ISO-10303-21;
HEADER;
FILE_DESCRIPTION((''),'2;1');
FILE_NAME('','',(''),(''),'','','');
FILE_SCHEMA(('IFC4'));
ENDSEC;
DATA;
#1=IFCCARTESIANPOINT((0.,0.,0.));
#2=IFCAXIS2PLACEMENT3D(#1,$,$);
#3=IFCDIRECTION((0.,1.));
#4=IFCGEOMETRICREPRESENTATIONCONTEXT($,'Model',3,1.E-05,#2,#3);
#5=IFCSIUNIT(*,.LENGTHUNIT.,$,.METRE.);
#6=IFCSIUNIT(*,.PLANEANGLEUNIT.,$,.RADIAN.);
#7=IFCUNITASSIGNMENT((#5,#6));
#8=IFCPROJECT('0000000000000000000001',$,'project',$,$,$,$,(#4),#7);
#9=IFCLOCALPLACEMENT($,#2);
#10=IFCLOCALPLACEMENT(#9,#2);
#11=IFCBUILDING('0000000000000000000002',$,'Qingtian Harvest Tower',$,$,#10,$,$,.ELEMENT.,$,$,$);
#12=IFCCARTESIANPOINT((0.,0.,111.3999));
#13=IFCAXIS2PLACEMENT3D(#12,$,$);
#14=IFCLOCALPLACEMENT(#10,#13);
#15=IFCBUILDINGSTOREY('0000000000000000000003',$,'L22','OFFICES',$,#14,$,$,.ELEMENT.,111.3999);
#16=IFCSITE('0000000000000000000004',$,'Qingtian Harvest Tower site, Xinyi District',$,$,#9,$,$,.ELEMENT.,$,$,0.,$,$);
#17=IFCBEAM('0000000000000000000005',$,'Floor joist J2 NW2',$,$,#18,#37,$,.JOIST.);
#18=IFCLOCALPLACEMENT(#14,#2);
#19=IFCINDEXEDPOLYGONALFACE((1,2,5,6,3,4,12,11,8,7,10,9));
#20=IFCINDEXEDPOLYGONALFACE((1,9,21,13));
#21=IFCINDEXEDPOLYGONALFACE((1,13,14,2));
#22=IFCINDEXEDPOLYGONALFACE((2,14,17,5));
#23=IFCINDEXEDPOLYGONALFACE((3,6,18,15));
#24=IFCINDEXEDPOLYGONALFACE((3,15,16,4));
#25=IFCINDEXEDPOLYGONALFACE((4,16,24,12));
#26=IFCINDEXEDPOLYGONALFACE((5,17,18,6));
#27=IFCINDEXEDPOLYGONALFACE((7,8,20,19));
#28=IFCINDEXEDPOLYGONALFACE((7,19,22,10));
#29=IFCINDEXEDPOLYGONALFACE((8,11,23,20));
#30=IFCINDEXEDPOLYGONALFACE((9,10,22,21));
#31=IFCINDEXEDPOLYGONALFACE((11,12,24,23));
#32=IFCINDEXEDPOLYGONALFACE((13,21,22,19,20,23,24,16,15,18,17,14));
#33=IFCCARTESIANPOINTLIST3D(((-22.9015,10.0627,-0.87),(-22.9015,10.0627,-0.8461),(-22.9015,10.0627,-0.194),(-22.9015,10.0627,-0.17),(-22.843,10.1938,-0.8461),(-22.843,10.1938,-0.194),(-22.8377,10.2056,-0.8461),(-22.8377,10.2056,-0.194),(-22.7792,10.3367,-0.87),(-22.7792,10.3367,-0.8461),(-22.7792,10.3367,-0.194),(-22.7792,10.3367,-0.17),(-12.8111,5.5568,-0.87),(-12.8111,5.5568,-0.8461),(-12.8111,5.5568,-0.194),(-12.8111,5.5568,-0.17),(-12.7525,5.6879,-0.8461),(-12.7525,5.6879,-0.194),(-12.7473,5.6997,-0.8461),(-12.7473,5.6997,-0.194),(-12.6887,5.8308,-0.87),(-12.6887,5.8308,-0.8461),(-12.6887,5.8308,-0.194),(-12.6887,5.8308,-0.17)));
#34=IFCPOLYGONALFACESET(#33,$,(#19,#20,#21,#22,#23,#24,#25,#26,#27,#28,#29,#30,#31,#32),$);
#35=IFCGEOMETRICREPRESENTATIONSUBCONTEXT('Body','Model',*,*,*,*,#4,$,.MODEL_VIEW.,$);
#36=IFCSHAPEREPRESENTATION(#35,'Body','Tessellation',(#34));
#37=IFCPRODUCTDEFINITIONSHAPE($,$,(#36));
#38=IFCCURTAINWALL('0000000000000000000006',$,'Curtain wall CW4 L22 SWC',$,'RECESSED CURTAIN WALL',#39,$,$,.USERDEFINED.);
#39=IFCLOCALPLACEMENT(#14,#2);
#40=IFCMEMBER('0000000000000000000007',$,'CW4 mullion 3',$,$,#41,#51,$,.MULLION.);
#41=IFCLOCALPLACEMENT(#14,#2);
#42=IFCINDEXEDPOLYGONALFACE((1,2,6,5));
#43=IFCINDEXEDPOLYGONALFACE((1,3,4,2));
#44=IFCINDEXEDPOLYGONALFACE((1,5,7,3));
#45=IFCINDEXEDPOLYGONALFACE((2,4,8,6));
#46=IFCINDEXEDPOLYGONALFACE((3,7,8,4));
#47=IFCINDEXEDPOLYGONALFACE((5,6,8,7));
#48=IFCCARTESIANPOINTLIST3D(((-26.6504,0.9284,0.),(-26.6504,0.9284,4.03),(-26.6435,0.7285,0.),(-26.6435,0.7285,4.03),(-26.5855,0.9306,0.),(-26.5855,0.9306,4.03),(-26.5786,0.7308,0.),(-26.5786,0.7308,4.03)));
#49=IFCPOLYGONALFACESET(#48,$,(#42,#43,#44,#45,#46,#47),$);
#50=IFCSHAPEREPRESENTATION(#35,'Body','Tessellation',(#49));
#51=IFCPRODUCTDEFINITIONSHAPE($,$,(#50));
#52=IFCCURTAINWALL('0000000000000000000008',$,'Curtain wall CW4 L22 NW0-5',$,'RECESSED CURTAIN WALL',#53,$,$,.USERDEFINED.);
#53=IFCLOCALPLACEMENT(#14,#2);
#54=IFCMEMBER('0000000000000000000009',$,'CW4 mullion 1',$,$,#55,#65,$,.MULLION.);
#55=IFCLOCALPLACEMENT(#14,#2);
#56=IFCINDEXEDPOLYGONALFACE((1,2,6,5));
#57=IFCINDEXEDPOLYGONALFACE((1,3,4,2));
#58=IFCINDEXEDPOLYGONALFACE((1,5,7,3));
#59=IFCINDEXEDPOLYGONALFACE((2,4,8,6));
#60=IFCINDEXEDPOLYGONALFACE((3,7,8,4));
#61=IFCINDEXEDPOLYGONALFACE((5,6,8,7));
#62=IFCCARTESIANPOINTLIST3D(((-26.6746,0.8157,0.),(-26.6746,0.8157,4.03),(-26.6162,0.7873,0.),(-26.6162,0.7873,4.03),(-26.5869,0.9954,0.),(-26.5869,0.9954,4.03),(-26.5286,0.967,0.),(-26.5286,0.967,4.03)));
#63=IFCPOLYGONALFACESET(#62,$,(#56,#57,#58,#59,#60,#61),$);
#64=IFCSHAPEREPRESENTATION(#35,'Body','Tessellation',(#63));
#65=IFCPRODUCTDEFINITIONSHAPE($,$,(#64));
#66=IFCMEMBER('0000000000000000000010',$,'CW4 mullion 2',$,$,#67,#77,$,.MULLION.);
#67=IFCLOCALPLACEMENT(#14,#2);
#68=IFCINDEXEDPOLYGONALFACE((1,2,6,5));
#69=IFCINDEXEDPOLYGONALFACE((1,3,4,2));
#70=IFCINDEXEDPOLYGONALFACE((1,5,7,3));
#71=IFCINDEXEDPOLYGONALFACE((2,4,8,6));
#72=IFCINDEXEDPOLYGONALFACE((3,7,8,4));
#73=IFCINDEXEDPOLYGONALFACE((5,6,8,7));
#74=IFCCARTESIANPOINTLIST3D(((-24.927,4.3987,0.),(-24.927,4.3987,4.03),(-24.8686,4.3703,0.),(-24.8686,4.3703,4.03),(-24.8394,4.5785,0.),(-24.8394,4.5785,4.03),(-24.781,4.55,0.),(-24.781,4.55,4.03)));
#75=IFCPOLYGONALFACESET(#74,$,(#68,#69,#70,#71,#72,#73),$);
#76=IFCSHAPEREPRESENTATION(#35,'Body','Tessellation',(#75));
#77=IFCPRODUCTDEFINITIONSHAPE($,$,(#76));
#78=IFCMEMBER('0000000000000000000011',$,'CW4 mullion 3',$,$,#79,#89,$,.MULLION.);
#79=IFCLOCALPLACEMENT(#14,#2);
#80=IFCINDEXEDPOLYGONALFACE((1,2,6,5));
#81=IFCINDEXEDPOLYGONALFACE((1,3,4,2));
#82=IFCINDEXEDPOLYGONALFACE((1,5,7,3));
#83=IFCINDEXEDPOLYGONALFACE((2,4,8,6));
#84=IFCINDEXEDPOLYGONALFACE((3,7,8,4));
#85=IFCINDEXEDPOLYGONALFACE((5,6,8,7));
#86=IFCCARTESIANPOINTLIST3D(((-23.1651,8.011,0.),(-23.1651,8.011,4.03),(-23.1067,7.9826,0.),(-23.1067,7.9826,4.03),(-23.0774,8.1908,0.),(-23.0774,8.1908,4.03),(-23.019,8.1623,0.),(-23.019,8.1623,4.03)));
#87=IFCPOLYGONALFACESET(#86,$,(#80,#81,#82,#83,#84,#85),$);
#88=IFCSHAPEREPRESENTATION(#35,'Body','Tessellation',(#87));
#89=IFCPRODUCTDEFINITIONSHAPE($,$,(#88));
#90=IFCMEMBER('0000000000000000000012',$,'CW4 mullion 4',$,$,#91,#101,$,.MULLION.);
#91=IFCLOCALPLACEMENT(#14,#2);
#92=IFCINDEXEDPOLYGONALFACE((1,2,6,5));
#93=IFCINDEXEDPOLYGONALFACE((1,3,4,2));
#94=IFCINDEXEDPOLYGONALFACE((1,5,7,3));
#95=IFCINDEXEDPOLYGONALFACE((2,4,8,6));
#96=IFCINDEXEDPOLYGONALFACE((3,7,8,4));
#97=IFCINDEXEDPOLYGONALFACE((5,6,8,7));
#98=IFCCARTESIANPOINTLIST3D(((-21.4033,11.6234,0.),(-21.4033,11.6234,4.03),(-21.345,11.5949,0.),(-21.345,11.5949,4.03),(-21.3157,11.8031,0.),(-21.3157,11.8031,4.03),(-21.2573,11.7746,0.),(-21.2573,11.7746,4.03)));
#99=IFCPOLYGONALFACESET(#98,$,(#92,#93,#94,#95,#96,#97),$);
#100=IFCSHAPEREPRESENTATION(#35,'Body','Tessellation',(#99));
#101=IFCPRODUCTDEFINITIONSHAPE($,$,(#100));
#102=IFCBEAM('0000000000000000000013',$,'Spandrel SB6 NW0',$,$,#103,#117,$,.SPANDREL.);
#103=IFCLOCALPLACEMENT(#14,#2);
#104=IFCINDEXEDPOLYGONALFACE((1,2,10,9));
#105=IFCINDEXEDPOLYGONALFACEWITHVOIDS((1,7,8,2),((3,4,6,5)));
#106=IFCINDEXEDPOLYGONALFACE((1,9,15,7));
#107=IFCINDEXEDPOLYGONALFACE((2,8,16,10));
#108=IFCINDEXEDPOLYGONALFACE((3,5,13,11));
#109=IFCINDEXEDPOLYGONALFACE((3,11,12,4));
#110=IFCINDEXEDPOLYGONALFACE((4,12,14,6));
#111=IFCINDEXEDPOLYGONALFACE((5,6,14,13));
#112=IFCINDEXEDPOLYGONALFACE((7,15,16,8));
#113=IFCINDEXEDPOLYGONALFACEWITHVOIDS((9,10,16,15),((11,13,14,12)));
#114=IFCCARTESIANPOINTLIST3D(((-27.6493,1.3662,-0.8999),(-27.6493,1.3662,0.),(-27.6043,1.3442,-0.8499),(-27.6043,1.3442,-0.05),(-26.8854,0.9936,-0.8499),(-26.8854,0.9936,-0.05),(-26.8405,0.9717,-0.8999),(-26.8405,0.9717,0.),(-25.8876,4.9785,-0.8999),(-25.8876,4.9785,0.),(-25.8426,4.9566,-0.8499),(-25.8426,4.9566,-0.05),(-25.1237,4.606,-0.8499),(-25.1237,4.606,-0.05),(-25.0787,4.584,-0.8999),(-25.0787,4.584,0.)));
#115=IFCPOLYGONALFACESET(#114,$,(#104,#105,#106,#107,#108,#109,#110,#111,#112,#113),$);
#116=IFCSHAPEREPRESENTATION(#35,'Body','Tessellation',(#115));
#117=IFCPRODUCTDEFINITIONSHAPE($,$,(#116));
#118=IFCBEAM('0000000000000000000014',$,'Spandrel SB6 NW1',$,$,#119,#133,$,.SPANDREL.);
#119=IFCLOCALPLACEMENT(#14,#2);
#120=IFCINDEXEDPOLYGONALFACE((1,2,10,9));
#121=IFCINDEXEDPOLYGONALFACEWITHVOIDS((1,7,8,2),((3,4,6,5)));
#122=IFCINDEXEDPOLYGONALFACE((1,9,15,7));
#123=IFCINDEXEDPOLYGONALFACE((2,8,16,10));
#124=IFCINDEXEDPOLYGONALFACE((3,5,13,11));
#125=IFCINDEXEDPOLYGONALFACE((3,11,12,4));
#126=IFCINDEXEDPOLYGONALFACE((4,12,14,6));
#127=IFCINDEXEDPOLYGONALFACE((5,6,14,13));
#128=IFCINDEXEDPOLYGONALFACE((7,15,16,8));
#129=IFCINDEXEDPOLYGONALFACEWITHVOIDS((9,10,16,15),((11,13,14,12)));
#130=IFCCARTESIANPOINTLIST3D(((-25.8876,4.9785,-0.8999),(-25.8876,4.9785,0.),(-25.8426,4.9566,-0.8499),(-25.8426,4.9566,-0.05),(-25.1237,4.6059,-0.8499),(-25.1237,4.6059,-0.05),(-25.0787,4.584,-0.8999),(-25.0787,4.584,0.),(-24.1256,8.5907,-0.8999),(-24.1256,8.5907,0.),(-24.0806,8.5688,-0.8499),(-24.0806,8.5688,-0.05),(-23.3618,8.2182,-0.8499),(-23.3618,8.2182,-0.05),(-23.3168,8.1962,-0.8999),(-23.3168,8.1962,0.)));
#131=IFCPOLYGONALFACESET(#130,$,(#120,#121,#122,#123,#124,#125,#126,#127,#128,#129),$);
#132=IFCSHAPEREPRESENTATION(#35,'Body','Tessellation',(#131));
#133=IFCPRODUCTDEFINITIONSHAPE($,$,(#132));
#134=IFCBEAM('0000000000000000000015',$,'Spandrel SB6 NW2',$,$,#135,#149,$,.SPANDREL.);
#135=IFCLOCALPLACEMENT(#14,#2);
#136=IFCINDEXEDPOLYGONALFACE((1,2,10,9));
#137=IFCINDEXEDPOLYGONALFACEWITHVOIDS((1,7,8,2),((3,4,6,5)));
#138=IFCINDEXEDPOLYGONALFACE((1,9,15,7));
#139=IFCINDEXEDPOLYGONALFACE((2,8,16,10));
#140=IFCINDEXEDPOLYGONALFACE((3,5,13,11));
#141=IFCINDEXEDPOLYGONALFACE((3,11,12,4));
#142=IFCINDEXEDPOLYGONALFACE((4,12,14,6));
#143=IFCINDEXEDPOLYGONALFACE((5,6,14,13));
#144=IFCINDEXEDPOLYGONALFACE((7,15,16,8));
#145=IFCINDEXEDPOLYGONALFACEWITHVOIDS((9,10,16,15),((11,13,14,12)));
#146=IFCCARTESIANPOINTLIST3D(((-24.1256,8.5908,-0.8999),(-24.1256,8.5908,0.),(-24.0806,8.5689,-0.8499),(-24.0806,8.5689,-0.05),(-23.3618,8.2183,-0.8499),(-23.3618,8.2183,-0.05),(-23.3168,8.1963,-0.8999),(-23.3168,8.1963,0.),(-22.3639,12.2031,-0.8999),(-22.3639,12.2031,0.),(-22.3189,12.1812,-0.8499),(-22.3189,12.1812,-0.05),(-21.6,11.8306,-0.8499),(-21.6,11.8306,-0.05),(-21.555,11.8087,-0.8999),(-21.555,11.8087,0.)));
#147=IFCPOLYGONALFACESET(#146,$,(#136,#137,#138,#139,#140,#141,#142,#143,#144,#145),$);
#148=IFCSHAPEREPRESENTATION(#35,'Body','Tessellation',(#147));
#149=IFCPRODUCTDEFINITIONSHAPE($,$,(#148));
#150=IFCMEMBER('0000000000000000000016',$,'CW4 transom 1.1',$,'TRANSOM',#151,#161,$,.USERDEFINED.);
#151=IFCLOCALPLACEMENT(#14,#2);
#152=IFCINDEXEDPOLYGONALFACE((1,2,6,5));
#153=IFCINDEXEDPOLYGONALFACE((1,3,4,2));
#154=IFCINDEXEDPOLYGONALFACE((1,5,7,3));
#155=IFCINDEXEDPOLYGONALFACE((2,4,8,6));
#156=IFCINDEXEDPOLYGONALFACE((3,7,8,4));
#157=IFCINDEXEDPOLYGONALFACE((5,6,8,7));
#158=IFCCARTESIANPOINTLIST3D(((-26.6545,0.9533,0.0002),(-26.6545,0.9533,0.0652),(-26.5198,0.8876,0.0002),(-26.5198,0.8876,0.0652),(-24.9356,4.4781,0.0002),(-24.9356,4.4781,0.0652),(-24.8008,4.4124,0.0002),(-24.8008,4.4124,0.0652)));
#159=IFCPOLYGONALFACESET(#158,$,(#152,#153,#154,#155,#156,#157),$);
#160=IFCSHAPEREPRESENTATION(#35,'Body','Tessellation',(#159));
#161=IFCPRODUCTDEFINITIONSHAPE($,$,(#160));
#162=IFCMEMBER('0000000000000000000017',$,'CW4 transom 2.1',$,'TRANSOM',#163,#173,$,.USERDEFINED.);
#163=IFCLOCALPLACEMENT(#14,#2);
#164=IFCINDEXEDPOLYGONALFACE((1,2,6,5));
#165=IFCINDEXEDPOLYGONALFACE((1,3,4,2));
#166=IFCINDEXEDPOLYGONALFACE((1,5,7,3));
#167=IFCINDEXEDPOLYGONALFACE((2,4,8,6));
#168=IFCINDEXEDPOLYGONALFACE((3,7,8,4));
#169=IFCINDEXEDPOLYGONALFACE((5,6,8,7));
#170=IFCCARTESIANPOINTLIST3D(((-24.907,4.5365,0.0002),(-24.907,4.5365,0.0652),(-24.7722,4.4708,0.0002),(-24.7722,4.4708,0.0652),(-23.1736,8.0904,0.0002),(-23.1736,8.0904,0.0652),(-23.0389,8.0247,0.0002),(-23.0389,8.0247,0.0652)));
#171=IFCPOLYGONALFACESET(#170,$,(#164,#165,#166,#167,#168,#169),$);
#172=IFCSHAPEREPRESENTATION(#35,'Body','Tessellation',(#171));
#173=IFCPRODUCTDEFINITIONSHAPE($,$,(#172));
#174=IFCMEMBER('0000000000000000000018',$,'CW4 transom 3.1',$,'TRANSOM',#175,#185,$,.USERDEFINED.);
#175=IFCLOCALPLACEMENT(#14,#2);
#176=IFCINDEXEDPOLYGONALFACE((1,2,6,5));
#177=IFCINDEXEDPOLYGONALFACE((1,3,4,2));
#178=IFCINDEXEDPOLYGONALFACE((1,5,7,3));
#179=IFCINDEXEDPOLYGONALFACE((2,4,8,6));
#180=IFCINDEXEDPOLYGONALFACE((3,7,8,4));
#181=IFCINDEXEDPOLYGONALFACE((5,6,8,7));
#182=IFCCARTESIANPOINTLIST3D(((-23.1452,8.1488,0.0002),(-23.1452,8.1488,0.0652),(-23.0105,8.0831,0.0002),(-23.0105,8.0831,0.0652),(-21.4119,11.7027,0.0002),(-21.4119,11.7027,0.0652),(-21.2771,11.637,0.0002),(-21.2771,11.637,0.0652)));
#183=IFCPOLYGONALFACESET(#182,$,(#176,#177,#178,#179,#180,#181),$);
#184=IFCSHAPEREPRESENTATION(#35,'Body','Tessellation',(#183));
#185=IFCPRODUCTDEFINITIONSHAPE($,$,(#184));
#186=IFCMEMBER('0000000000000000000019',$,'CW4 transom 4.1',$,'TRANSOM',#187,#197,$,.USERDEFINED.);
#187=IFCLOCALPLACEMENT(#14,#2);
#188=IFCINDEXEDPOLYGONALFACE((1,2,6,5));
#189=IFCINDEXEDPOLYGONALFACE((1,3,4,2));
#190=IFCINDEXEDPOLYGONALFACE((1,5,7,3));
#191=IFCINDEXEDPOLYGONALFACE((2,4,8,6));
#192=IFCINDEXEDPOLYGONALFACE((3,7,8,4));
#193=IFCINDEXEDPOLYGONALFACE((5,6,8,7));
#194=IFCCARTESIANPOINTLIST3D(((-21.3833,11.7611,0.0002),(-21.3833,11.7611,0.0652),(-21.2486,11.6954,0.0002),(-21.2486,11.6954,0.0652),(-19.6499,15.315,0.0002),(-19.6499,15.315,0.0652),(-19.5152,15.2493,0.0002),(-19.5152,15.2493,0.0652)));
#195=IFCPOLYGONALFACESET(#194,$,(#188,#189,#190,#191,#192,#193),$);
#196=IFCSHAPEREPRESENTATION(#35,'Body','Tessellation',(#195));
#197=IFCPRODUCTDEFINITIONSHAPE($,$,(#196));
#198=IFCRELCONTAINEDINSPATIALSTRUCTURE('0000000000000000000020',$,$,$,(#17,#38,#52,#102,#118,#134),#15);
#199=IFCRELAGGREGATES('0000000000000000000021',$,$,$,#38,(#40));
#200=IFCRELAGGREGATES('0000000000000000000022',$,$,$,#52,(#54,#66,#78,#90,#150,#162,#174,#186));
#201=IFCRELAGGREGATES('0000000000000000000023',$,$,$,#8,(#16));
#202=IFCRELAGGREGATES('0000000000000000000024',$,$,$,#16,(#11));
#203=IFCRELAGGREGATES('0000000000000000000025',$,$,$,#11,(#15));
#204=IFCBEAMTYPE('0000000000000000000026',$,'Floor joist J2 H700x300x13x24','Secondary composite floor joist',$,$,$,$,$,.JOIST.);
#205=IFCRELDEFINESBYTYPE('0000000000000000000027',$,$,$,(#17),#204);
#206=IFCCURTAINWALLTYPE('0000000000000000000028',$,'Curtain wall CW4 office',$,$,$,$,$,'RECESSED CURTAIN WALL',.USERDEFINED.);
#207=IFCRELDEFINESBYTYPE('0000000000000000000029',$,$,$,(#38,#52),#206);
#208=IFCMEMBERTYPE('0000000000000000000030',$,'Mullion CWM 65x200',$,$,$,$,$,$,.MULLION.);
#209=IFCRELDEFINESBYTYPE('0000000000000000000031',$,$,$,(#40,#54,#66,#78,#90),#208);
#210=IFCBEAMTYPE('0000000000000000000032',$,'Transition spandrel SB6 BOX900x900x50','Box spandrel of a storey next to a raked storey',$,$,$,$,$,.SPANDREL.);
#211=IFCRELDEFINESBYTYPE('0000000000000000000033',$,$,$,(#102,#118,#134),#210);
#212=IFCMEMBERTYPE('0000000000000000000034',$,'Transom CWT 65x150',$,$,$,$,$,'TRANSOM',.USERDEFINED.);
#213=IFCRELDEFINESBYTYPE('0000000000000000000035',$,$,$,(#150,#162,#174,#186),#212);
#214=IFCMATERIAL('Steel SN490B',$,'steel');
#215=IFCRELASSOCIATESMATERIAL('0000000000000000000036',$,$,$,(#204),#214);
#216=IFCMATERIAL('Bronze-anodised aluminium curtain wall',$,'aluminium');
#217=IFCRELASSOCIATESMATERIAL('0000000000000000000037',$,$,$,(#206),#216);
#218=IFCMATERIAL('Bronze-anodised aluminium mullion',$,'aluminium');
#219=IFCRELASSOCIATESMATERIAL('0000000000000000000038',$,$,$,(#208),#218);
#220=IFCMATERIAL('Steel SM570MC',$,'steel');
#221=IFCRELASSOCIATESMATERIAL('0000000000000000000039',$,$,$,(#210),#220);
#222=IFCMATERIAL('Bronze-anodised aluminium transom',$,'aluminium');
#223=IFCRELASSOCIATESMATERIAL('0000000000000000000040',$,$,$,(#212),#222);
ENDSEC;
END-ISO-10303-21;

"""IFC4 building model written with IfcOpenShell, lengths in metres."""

from ifc_helpers import new_model, si_unit, direction, frame, origin, origin_2d, place, context, subcontext, project, spatial, rectangle, hollow_rectangle, i_section, extrude, material, material_profile, profile_set, type_object, element, aggregate, save


model = new_model("IFC4")

# Units and contexts
model_context = context("Model", 3, precision=1e-05, world=origin(), true_north=direction((0.0, 1.0)))
body_context = subcontext(model_context, "Body", "Model", "MODEL_VIEW")
ifc_project = project(units=[si_unit("LENGTHUNIT", "METRE"), si_unit("PLANEANGLEUNIT", "RADIAN")], contexts=[model_context])

# Site, building, storey
site_placement = place(None, origin())
site = spatial("IfcSite", under=ifc_project, at=site_placement, Name="Qingtian Harvest Tower site, Xinyi District", CompositionType="ELEMENT", RefElevation=0.0)
building_placement = place(site_placement, origin())
building = spatial("IfcBuilding", under=site, at=building_placement, Name="Qingtian Harvest Tower", CompositionType="ELEMENT")
storey_placement = place(building_placement, frame((0.0, 0.0, 111.3999)))
storey = spatial("IfcBuildingStorey", under=building, at=storey_placement, Name="L22", Description="OFFICES", CompositionType="ELEMENT", Elevation=111.3999)

# Beam
ifc_material_1 = material(Name="Steel SN490B", Category="steel")
ifc_material_profile_1 = material_profile(ifc_material_1, i_section(OverallWidth=0.3, OverallDepth=0.7, WebThickness=0.0129, FlangeThickness=0.0239, at=origin_2d()), Name="H700x300x13x24")
ifc_profile_set_1 = profile_set([ifc_material_profile_1], Name="Steel SN490B")
beam_type_1 = type_object("IfcBeamType", Name="Floor joist J2 H700x300x13x24", Description="Secondary composite floor joist", PredefinedType="JOIST", material=ifc_profile_set_1)
beam_1_placement = place(storey_placement, frame((-22.8403, 10.1997, -0.52), z_axis=(0.913096, -0.407745, 0.0), x_axis=(0.407745, 0.913096, 0.0)))
element("IfcBeam", 1, at=beam_1_placement, inside=storey, type_object=beam_type_1, Name="Floor joist J2 NW2", PredefinedType="JOIST", context=body_context, shape_type="SweptSolid", body=[
    extrude(i_section(OverallWidth=0.3, OverallDepth=0.7, WebThickness=0.0129, FlangeThickness=0.0239, at=origin_2d()), origin(), (0.0, 0.0, 1.0), 11.0508),
])

# Curtain wall, member
ifc_material_2 = material(Name="Bronze-anodised aluminium curtain wall", Category="aluminium")
curtain_wall_type = type_object("IfcCurtainWallType", Name="Curtain wall CW4 office", ElementType="RECESSED CURTAIN WALL", PredefinedType="USERDEFINED", material=ifc_material_2)
curtain_wall_1_placement = place(storey_placement, origin())
curtain_wall_1 = element("IfcCurtainWall", 2, at=curtain_wall_1_placement, inside=storey, type_object=curtain_wall_type, Name="Curtain wall CW4 L22 SWC", ObjectType="RECESSED CURTAIN WALL", PredefinedType="USERDEFINED")
ifc_material_3 = material(Name="Bronze-anodised aluminium mullion", Category="aluminium")
ifc_material_profile_2 = material_profile(ifc_material_3, rectangle(XDim=0.0649, YDim=0.2, at=origin_2d()), Name="AL 65x200")
ifc_profile_set_2 = profile_set([ifc_material_profile_2], Name="Bronze-anodised aluminium mullion")
member_type_1 = type_object("IfcMemberType", Name="Mullion CWM 65x200", PredefinedType="MULLION", material=ifc_profile_set_2)
member_1_placement = place(storey_placement, frame((-26.6145, 0.8296, 0.0), z_axis=(0.0, 0.0, 1.0), x_axis=(-0.999391, -0.034899, 0.0)))
member_1 = element("IfcMember", 3, at=member_1_placement, type_object=member_type_1, Name="CW4 mullion 3", PredefinedType="MULLION", context=body_context, shape_type="SweptSolid", body=[
    extrude(rectangle(XDim=0.0649, YDim=0.2, at=origin_2d()), origin(), (0.0, 0.0, 1.0), 4.03),
])
aggregate(curtain_wall_1, [member_1])

# Curtain wall, members
curtain_wall_2_placement = place(storey_placement, origin())
curtain_wall_2 = element("IfcCurtainWall", 4, at=curtain_wall_2_placement, inside=storey, type_object=curtain_wall_type, Name="Curtain wall CW4 L22 NW0-5", ObjectType="RECESSED CURTAIN WALL", PredefinedType="USERDEFINED")
member_2_placement = place(storey_placement, frame((-26.6016, 0.8914, 0.0), z_axis=(0.0, 0.0, 1.0), x_axis=(-0.898794, 0.438371, 0.0)))
member_2 = element("IfcMember", 5, at=member_2_placement, type_object=member_type_1, Name="CW4 mullion 1", PredefinedType="MULLION", context=body_context, shape_type="SweptSolid", body=[
    extrude(rectangle(XDim=0.0649, YDim=0.2, at=origin_2d()), origin(), (0.0, 0.0, 1.0), 4.03),
])
member_3_placement = place(storey_placement, frame((-24.854, 4.4744, 0.0), z_axis=(0.0, 0.0, 1.0), x_axis=(-0.898794, 0.438371, 0.0)))
member_3 = element("IfcMember", 6, at=member_3_placement, type_object=member_type_1, Name="CW4 mullion 2", PredefinedType="MULLION", context=body_context, shape_type="SweptSolid", body=[
    extrude(rectangle(XDim=0.0649, YDim=0.2, at=origin_2d()), origin(), (0.0, 0.0, 1.0), 4.03),
])
member_4_placement = place(storey_placement, frame((-23.092, 8.0867, 0.0), z_axis=(0.0, 0.0, 1.0), x_axis=(-0.898794, 0.438371, 0.0)))
member_4 = element("IfcMember", 7, at=member_4_placement, type_object=member_type_1, Name="CW4 mullion 3", PredefinedType="MULLION", context=body_context, shape_type="SweptSolid", body=[
    extrude(rectangle(XDim=0.0649, YDim=0.2, at=origin_2d()), origin(), (0.0, 0.0, 1.0), 4.03),
])
member_5_placement = place(storey_placement, frame((-21.3303, 11.699, 0.0), z_axis=(0.0, 0.0, 1.0), x_axis=(-0.898794, 0.438371, 0.0)))
member_5 = element("IfcMember", 8, at=member_5_placement, type_object=member_type_1, Name="CW4 mullion 4", PredefinedType="MULLION", context=body_context, shape_type="SweptSolid", body=[
    extrude(rectangle(XDim=0.0649, YDim=0.2, at=origin_2d()), origin(), (0.0, 0.0, 1.0), 4.03),
])

# Beams
ifc_material_4 = material(Name="Steel SM570MC", Category="steel")
ifc_material_profile_3 = material_profile(ifc_material_4, hollow_rectangle(XDim=0.8999, YDim=0.8999, WallThickness=0.05, at=origin_2d()), Name="BOX900x900x50")
ifc_profile_set_3 = profile_set([ifc_material_profile_3], Name="Steel SM570MC")
beam_type_2 = type_object("IfcBeamType", Name="Transition spandrel SB6 BOX900x900x50", Description="Box spandrel of a storey next to a raked storey", PredefinedType="SPANDREL", material=ifc_profile_set_3)
for number, where, z_axis, x_axis, name in (
    (9, (-27.2449, 1.1689, -0.45), (0.438347, 0.898806, 0.0), (-0.898806, 0.438347, 0.0), "Spandrel SB6 NW0"),
    (10, (-25.4832, 4.7812, -0.45), (0.438396, 0.898782, 0.0), (-0.898782, 0.438396, 0.0), "Spandrel SB6 NW1"),
    (11, (-23.7212, 8.3936, -0.45), (0.438347, 0.898806, 0.0), (-0.898806, 0.438347, 0.0), "Spandrel SB6 NW2"),
):
    element("IfcBeam", number, at=place(storey_placement, frame(where, z_axis=z_axis, x_axis=x_axis)), inside=storey, type_object=beam_type_2, Name=name, PredefinedType="SPANDREL", context=body_context, shape_type="SweptSolid", body=[
        extrude(hollow_rectangle(XDim=0.8999, YDim=0.8999, WallThickness=0.05, at=origin_2d()), origin(), (0.0, 0.0, 1.0), 4.019),
    ])

# Members
ifc_material_5 = material(Name="Bronze-anodised aluminium transom", Category="aluminium")
ifc_material_profile_4 = material_profile(ifc_material_5, rectangle(XDim=0.1499, YDim=0.0649, at=origin_2d()), Name="AL 65x150")
ifc_profile_set_4 = profile_set([ifc_material_profile_4], Name="Bronze-anodised aluminium transom")
member_type_2 = type_object("IfcMemberType", Name="Transom CWT 65x150", ElementType="TRANSOM", PredefinedType="USERDEFINED", material=ifc_profile_set_4)
member_6_placement = place(storey_placement, frame((-26.5872, 0.9204, 0.0327), z_axis=(0.438327, 0.898816, 0.0), x_axis=(-0.898816, 0.438327, 0.0)))
member_6 = element("IfcMember", 12, at=member_6_placement, type_object=member_type_2, Name="CW4 transom 1.1", ObjectType="TRANSOM", PredefinedType="USERDEFINED", context=body_context, shape_type="SweptSolid", body=[
    extrude(rectangle(XDim=0.1499, YDim=0.0649, at=origin_2d()), origin(), (0.0, 0.0, 1.0), 3.9216),
])
member_7_placement = place(storey_placement, frame((-24.8396, 4.5037, 0.0327), z_axis=(0.438375, 0.898792, 0.0), x_axis=(-0.898792, 0.438375, 0.0)))
member_7 = element("IfcMember", 13, at=member_7_placement, type_object=member_type_2, Name="CW4 transom 2.1", ObjectType="TRANSOM", PredefinedType="USERDEFINED", context=body_context, shape_type="SweptSolid", body=[
    extrude(rectangle(XDim=0.1499, YDim=0.0649, at=origin_2d()), origin(), (0.0, 0.0, 1.0), 3.9541),
])
member_8_placement = place(storey_placement, frame((-23.0779, 8.116, 0.0327), z_axis=(0.438375, 0.898792, 0.0), x_axis=(-0.898792, 0.438375, 0.0)))
member_8 = element("IfcMember", 14, at=member_8_placement, type_object=member_type_2, Name="CW4 transom 3.1", ObjectType="TRANSOM", PredefinedType="USERDEFINED", context=body_context, shape_type="SweptSolid", body=[
    extrude(rectangle(XDim=0.1499, YDim=0.0649, at=origin_2d()), origin(), (0.0, 0.0, 1.0), 3.9541),
])
member_9_placement = place(storey_placement, frame((-21.3159, 11.7283, 0.0327), z_axis=(0.438375, 0.898792, 0.0), x_axis=(-0.898792, 0.438375, 0.0)))
member_9 = element("IfcMember", 15, at=member_9_placement, type_object=member_type_2, Name="CW4 transom 4.1", ObjectType="TRANSOM", PredefinedType="USERDEFINED", context=body_context, shape_type="SweptSolid", body=[
    extrude(rectangle(XDim=0.1499, YDim=0.0649, at=origin_2d()), origin(), (0.0, 0.0, 1.0), 3.9541),
])

aggregate(curtain_wall_2, [member_2, member_3, member_4, member_5, member_6, member_7, member_8, member_9])

save(model, "model.ifc")
